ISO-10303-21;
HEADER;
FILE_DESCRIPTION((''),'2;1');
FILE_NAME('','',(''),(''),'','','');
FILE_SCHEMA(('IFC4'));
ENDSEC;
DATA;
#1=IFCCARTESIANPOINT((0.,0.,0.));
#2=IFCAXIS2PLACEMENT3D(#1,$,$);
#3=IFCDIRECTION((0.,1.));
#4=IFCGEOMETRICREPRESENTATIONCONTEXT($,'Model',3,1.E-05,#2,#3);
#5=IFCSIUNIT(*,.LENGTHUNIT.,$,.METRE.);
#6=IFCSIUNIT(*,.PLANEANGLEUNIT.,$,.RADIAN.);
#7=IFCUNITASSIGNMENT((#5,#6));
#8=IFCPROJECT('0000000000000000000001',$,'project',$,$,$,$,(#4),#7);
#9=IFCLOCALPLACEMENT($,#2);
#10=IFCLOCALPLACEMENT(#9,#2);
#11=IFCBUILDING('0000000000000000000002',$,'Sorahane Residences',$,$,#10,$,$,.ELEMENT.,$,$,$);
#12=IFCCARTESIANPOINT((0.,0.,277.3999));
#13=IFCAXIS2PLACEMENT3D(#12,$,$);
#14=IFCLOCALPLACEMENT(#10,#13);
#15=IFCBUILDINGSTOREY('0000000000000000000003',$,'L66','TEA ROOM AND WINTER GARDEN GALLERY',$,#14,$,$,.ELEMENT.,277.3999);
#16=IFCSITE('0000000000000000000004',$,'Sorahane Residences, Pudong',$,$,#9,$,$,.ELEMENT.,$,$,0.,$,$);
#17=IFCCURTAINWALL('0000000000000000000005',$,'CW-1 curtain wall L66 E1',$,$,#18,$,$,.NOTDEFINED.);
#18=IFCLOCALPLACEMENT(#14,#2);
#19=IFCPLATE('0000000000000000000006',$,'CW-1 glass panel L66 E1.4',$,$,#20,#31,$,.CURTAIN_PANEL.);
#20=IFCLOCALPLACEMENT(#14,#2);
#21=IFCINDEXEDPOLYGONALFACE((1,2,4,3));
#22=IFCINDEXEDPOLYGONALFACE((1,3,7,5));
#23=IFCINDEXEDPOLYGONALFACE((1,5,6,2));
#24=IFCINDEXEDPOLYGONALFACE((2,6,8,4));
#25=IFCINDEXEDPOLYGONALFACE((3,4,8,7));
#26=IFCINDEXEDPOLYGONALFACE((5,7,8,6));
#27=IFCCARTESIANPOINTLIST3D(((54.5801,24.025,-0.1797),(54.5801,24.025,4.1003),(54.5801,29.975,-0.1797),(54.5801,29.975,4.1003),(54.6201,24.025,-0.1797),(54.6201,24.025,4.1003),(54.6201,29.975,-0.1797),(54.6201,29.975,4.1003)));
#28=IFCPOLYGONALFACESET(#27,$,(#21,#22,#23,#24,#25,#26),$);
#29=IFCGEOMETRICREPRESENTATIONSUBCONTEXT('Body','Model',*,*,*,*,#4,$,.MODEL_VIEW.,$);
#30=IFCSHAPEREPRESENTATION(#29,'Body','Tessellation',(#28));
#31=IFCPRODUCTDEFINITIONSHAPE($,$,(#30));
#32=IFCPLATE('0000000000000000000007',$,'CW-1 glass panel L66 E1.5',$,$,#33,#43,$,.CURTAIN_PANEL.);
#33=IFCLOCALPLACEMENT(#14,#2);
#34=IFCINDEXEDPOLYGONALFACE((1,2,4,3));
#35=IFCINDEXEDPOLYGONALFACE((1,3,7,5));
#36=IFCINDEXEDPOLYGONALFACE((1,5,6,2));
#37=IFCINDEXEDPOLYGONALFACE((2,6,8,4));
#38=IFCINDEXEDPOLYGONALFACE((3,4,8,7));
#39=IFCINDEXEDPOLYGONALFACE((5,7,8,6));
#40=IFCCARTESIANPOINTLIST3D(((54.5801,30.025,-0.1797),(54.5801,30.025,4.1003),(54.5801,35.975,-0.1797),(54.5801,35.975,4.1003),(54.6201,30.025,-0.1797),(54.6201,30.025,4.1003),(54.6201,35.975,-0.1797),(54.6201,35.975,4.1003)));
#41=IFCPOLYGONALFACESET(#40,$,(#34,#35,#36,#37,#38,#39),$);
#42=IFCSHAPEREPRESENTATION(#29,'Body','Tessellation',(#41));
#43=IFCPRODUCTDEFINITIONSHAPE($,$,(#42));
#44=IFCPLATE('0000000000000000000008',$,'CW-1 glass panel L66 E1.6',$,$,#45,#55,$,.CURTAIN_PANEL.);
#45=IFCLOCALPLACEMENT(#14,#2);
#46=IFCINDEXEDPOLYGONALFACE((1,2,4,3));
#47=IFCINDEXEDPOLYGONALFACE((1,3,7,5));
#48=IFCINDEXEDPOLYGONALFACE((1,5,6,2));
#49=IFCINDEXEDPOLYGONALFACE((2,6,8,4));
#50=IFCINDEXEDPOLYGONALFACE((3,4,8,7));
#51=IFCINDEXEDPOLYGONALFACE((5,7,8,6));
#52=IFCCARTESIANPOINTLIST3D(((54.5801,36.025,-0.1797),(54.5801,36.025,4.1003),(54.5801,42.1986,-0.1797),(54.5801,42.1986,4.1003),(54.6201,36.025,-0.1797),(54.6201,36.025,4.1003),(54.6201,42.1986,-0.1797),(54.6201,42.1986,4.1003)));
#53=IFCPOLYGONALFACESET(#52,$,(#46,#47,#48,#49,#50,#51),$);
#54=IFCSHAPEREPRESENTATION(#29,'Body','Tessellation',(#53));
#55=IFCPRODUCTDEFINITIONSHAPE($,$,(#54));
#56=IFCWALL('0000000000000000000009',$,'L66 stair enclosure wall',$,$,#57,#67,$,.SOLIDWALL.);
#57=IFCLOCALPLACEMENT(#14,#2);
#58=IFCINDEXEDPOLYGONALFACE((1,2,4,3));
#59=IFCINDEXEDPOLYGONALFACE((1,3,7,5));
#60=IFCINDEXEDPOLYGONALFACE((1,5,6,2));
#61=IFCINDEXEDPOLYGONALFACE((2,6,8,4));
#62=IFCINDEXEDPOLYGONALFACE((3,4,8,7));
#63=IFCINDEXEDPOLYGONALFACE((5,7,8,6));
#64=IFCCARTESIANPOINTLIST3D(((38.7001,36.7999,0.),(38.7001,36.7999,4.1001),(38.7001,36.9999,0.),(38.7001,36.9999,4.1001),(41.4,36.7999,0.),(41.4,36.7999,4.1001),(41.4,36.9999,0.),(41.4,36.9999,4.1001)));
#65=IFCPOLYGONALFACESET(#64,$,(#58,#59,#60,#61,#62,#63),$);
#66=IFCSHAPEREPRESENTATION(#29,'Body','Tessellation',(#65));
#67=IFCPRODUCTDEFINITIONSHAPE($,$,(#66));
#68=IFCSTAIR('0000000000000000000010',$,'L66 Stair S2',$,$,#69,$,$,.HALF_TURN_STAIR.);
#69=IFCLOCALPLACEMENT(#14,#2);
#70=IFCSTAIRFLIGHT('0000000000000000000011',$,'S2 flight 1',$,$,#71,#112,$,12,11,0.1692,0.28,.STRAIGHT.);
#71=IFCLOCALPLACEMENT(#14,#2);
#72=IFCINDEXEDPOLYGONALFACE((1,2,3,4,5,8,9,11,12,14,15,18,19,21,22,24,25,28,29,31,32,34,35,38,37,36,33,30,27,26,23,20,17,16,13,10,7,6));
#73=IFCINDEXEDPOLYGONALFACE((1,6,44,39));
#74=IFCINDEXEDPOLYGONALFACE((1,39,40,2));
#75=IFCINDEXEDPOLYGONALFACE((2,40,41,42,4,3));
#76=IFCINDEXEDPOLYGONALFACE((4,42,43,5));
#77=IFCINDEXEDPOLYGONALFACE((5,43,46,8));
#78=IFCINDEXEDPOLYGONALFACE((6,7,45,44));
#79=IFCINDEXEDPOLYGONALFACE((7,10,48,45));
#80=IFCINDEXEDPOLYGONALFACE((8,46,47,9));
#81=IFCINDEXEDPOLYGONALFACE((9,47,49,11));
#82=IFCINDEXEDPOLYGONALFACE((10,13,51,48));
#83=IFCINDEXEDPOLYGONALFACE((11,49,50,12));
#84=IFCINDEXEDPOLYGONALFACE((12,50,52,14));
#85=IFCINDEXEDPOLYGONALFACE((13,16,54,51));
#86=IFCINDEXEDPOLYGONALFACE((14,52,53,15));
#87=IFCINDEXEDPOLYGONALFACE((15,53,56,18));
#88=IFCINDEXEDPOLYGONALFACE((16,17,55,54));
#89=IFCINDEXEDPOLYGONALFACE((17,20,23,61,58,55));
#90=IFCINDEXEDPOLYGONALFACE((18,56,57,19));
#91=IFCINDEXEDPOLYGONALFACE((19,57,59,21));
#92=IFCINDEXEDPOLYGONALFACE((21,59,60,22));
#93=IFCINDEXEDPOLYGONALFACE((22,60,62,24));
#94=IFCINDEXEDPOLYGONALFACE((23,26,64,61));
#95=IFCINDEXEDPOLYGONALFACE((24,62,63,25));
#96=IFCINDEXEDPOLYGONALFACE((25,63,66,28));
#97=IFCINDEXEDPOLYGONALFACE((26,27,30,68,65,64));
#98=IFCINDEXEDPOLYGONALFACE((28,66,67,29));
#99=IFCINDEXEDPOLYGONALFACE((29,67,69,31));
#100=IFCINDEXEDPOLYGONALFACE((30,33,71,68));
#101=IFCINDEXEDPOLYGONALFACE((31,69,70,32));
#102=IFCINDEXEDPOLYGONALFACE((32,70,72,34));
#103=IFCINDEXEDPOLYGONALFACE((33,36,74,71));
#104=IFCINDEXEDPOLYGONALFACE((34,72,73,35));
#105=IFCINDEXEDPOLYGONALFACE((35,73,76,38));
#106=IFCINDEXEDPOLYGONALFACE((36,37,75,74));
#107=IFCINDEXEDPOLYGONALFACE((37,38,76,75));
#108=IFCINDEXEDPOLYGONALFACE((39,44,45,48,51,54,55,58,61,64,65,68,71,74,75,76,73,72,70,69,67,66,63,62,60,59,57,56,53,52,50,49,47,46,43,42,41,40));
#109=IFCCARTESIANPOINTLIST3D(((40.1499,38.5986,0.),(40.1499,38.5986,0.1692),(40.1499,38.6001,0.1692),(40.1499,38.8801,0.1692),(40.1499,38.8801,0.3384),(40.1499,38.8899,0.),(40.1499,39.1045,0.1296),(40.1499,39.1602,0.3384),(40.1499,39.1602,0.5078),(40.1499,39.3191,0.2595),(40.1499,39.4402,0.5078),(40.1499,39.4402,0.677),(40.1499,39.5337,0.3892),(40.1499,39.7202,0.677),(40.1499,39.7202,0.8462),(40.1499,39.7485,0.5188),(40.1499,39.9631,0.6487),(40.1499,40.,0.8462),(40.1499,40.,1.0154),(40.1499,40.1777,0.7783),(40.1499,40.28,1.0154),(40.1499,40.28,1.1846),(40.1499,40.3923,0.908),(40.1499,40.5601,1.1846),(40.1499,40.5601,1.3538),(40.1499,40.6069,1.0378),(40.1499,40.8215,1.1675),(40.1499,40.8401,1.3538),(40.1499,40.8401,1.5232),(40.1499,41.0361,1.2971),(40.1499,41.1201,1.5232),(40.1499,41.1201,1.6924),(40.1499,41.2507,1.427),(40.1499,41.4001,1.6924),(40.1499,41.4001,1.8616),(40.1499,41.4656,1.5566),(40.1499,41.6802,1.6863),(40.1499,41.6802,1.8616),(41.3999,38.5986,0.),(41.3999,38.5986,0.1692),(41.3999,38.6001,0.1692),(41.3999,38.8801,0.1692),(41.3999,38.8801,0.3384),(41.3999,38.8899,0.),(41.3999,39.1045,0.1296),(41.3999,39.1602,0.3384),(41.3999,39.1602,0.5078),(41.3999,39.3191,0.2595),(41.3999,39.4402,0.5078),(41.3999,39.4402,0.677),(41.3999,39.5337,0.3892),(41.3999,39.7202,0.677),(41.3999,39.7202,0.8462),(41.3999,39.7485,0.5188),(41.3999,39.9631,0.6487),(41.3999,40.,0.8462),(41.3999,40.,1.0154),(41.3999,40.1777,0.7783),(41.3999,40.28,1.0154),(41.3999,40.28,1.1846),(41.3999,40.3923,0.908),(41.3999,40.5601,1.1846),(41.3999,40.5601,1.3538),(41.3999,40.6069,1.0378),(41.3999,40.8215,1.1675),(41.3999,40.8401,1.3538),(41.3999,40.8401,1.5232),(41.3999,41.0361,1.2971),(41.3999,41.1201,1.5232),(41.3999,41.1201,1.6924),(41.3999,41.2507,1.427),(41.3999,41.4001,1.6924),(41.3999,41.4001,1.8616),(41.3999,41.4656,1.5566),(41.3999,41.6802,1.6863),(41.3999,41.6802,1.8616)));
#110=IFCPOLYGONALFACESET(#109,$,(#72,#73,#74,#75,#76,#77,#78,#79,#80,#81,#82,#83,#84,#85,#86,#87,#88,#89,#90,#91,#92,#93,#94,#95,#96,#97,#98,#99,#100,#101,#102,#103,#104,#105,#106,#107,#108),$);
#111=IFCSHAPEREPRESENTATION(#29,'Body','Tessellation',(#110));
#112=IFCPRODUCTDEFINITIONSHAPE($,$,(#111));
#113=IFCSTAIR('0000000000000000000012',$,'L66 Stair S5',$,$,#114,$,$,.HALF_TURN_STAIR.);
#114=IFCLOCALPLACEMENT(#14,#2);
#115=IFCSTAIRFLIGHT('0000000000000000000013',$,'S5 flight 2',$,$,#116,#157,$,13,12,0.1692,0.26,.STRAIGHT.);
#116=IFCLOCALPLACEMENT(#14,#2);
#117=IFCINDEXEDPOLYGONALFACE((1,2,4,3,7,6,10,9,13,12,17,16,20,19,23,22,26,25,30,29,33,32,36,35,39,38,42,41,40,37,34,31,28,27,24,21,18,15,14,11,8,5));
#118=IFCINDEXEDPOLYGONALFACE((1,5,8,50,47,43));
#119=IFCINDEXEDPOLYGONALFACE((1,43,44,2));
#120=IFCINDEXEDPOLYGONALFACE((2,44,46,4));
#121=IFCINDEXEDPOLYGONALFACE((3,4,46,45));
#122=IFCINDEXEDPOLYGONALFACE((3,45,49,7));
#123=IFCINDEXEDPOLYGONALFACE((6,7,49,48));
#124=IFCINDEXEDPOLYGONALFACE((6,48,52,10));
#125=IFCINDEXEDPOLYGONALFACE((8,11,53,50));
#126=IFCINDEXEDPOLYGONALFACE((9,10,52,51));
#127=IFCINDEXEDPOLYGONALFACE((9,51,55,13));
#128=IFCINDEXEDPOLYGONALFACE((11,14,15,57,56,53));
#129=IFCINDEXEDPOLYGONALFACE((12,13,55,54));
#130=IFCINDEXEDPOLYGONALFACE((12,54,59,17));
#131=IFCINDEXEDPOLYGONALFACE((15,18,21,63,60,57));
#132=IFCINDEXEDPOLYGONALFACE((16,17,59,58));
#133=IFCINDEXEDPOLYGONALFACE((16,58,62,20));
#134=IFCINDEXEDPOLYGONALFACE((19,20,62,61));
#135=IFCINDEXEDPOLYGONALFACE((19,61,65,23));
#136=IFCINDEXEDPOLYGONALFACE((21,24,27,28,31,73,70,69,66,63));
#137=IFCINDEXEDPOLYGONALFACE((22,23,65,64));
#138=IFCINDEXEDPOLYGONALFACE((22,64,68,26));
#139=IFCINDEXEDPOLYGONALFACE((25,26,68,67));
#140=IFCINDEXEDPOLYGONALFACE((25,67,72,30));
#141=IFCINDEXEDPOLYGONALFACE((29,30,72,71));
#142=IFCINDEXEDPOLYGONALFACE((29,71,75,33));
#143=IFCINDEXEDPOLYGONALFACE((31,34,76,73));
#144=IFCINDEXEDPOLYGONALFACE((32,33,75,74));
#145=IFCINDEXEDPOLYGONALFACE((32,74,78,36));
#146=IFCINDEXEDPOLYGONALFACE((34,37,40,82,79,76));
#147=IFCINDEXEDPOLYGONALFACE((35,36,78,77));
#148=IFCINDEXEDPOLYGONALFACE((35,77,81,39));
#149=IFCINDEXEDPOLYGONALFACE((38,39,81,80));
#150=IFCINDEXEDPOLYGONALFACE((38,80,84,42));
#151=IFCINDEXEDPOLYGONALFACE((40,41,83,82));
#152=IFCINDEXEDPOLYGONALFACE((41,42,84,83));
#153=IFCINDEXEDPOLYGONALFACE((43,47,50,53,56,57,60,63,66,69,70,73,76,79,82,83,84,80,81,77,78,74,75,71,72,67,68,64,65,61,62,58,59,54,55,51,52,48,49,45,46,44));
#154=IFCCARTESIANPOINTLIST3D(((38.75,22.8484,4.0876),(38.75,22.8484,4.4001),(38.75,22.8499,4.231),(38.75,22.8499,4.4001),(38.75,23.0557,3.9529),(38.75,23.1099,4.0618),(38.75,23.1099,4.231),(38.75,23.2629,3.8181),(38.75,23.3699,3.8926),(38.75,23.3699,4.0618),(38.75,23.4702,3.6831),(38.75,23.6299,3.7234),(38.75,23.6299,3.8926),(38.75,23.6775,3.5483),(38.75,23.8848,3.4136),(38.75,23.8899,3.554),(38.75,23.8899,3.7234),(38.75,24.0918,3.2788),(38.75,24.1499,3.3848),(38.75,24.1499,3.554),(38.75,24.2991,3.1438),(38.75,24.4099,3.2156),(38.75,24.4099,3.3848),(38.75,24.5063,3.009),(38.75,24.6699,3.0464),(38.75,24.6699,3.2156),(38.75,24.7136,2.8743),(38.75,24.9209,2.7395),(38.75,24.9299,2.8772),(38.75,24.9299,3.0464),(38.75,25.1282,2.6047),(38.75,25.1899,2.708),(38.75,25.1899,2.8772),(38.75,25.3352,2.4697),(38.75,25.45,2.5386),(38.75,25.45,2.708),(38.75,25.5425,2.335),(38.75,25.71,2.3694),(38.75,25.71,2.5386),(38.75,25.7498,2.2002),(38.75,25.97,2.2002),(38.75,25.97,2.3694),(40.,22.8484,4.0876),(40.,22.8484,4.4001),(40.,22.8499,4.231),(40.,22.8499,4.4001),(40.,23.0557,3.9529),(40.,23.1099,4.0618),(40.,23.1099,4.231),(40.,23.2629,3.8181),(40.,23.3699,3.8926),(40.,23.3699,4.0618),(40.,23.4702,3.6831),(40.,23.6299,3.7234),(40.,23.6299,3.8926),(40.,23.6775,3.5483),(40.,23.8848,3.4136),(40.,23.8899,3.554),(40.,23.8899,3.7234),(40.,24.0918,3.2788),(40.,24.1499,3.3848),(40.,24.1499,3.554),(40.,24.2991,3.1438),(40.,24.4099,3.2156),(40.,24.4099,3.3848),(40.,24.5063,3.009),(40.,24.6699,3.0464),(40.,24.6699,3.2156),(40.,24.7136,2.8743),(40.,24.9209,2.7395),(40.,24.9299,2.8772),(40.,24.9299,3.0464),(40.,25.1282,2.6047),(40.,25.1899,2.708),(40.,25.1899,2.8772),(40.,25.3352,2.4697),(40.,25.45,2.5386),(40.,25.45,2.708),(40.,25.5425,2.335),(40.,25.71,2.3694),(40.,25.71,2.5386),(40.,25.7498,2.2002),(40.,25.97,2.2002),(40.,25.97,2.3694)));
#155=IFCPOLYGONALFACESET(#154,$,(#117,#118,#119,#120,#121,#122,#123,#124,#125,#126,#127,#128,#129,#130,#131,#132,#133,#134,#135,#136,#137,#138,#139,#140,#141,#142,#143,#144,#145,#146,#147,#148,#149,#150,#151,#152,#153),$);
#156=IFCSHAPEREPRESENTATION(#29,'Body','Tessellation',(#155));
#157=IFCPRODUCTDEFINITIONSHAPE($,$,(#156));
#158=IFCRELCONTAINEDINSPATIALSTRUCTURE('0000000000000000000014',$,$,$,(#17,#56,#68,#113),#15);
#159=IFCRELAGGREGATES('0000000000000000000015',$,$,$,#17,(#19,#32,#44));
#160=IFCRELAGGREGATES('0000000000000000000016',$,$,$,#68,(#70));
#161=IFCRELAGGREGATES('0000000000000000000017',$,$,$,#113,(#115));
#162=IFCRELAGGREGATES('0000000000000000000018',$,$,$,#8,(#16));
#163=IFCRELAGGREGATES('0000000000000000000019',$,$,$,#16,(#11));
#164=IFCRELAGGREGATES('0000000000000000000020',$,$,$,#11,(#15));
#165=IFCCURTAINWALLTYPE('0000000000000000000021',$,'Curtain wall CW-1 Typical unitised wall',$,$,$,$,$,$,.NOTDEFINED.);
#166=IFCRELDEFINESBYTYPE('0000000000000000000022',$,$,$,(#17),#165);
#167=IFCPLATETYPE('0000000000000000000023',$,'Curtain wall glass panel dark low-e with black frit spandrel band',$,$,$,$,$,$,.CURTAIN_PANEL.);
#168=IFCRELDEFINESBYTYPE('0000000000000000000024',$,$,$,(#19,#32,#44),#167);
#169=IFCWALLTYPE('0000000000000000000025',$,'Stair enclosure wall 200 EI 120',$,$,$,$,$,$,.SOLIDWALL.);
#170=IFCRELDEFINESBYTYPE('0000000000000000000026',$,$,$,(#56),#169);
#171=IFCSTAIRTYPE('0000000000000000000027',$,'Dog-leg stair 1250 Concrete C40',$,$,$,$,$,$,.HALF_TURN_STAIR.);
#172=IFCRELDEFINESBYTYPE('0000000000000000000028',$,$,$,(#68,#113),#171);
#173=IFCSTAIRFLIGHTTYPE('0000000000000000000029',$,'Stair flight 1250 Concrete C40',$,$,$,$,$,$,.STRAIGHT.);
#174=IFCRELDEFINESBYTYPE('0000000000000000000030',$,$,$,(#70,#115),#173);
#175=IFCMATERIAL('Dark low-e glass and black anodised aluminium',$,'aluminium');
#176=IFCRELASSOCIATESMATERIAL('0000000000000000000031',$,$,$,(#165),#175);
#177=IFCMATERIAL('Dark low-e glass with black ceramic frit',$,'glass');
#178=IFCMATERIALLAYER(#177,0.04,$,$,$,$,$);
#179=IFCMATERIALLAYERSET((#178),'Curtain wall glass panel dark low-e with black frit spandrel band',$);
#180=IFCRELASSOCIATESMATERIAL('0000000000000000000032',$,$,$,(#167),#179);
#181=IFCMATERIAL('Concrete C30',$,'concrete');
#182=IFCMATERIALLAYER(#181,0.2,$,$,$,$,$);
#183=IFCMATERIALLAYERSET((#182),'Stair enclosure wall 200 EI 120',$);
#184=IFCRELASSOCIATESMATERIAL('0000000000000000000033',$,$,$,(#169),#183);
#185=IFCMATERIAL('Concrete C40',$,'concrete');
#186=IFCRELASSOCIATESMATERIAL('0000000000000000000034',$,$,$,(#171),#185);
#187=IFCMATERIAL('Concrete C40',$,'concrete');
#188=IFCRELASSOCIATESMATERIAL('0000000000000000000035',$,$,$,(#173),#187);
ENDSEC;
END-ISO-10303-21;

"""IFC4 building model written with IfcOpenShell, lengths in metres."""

from ifc_helpers import new_model, si_unit, direction, frame, frame_2d, origin, origin_2d, place, context, subcontext, project, spatial, polyline, rectangle, outline, extrude, material, layer, layer_set, type_object, element, aggregate, save


model = new_model("IFC4")

# Units and contexts
model_context = context("Model", 3, precision=1e-05, world=origin(), true_north=direction((0.0, 1.0)))
body_context = subcontext(model_context, "Body", "Model", "MODEL_VIEW")
ifc_project = project(units=[si_unit("LENGTHUNIT", "METRE"), si_unit("PLANEANGLEUNIT", "RADIAN")], contexts=[model_context])

# Site, building, storey
site_placement = place(None, origin())
site = spatial("IfcSite", under=ifc_project, at=site_placement, Name="Sorahane Residences, Pudong", CompositionType="ELEMENT", RefElevation=0.0)
building_placement = place(site_placement, origin())
building = spatial("IfcBuilding", under=site, at=building_placement, Name="Sorahane Residences", CompositionType="ELEMENT")
storey_placement = place(building_placement, frame((0.0, 0.0, 277.3999)))
storey = spatial("IfcBuildingStorey", under=building, at=storey_placement, Name="L66", Description="TEA ROOM AND WINTER GARDEN GALLERY", CompositionType="ELEMENT", Elevation=277.3999)

# Curtain wall
ifc_material_1 = material(Name="Dark low-e glass and black anodised aluminium", Category="aluminium")
curtain_wall_type = type_object("IfcCurtainWallType", Name="Curtain wall CW-1 Typical unitised wall", PredefinedType="NOTDEFINED", material=ifc_material_1)
curtain_wall_placement = place(storey_placement, origin())
curtain_wall = element("IfcCurtainWall", 1, at=curtain_wall_placement, inside=storey, type_object=curtain_wall_type, Name="CW-1 curtain wall L66 E1", PredefinedType="NOTDEFINED")

# Plates
ifc_material_2 = material(Name="Dark low-e glass with black ceramic frit", Category="glass")
ifc_layer_1 = layer(ifc_material_2, 0.04)
ifc_layer_set_1 = layer_set([ifc_layer_1], Name="Curtain wall glass panel dark low-e with black frit spandrel band")
plate_type = type_object("IfcPlateType", Name="Curtain wall glass panel dark low-e with black frit spandrel band", PredefinedType="CURTAIN_PANEL", material=ifc_layer_set_1)
plate_1_placement = place(storey_placement, frame((54.6001, 27.0, -0.1797), z_axis=(0.0, 0.0, 1.0), x_axis=(0.0, 1.0, 0.0)))
plate_1 = element("IfcPlate", 2, at=plate_1_placement, type_object=plate_type, Name="CW-1 glass panel L66 E1.4", PredefinedType="CURTAIN_PANEL", context=body_context, shape_type="SweptSolid", body=[
    extrude(rectangle(XDim=5.95, YDim=0.04, at=origin_2d()), origin(), (0.0, 0.0, 1.0), 4.28),
])
plate_2_placement = place(storey_placement, frame((54.6001, 33.0, -0.1797), z_axis=(0.0, 0.0, 1.0), x_axis=(0.0, 1.0, 0.0)))
plate_2 = element("IfcPlate", 3, at=plate_2_placement, type_object=plate_type, Name="CW-1 glass panel L66 E1.5", PredefinedType="CURTAIN_PANEL", context=body_context, shape_type="SweptSolid", body=[
    extrude(rectangle(XDim=5.95, YDim=0.04, at=origin_2d()), origin(), (0.0, 0.0, 1.0), 4.28),
])
plate_3_placement = place(storey_placement, frame((54.6001, 39.1118, -0.1797), z_axis=(0.0, 0.0, 1.0), x_axis=(0.0, 1.0, 0.0)))
plate_3 = element("IfcPlate", 4, at=plate_3_placement, type_object=plate_type, Name="CW-1 glass panel L66 E1.6", PredefinedType="CURTAIN_PANEL", context=body_context, shape_type="SweptSolid", body=[
    extrude(rectangle(XDim=6.1736, YDim=0.04, at=origin_2d()), origin(), (0.0, 0.0, 1.0), 4.28),
])
aggregate(curtain_wall, [plate_1, plate_2, plate_3])

# Wall
ifc_material_3 = material(Name="Concrete C30", Category="concrete")
ifc_layer_2 = layer(ifc_material_3, 0.2)
ifc_layer_set_2 = layer_set([ifc_layer_2], Name="Stair enclosure wall 200 EI 120")
wall_type = type_object("IfcWallType", Name="Stair enclosure wall 200 EI 120", PredefinedType="SOLIDWALL", material=ifc_layer_set_2)
wall_placement = place(storey_placement, frame((38.7, 36.8999, 0.0), z_axis=(0.0, 0.0, 1.0), x_axis=(1.0, 0.0, 0.0)))
element("IfcWall", 5, at=wall_placement, inside=storey, type_object=wall_type, Name="L66 stair enclosure wall", PredefinedType="SOLIDWALL", context=body_context, shape_type="SweptSolid", body=[
    extrude(rectangle(XDim=2.7, YDim=0.2, at=frame_2d((1.3501, 0.0))), origin(), (0.0, 0.0, 1.0), 4.1001),
])

# Stairs, stair flights
ifc_material_4 = material(Name="Concrete C40", Category="concrete")
stair_type = type_object("IfcStairType", Name="Dog-leg stair 1250 Concrete C40", PredefinedType="HALF_TURN_STAIR", material=ifc_material_4)
stair_1_placement = place(storey_placement, origin())
stair_1 = element("IfcStair", 6, at=stair_1_placement, inside=storey, type_object=stair_type, Name="L66 Stair S2", PredefinedType="HALF_TURN_STAIR")
ifc_material_5 = material(Name="Concrete C40", Category="concrete")
stair_flight_type = type_object("IfcStairFlightType", Name="Stair flight 1250 Concrete C40", PredefinedType="STRAIGHT", material=ifc_material_5)
stair_flight_1_placement = place(storey_placement, frame((40.7749, 38.6001, 0.0), z_axis=(0.0, 0.0, 1.0), x_axis=(0.0, 1.0, 0.0)))
stair_flight_1 = element("IfcStairFlight", 7, at=stair_flight_1_placement, type_object=stair_flight_type, Name="S2 flight 1", NumberOfRisers=12, NumberOfTreads=11, PredefinedType="STRAIGHT", RiserHeight=0.1692, TreadLength=0.28, context=body_context, shape_type="SweptSolid", body=[
    extrude(outline(polyline([(-0.0015, 0.0), (-0.0015, 0.1692), (0.0, 0.1692), (0.28, 0.1692), (0.28, 0.3384), (0.5601, 0.3384), (0.5601, 0.5078), (0.8401, 0.5078), (0.8401, 0.677), (1.1201, 0.677), (1.1201, 0.8462), (1.3999, 0.8462), (1.3999, 1.0154), (1.6799, 1.0154), (1.6799, 1.1846), (1.96, 1.1846), (1.96, 1.3538), (2.24, 1.3538), (2.24, 1.5232), (2.52, 1.5232), (2.52, 1.6924), (2.8, 1.6924), (2.8, 1.8616), (3.0801, 1.8616), (3.0801, 2.0308), (3.0801, 1.6863), (2.8655, 1.5566), (2.6506, 1.427), (2.436, 1.2971), (2.2214, 1.1675), (2.0068, 1.0378), (1.7922, 0.908), (1.5776, 0.7783), (1.363, 0.6487), (1.1484, 0.5188), (0.9336, 0.3892), (0.719, 0.2595), (0.5044, 0.1296), (0.2898, 0.0), (-0.0015, 0.0)])), frame((0.0, 0.625, 0.0), z_axis=(0.0, -1.0, 0.0), x_axis=(1.0, 0.0, 0.0)), (0.0, 0.0, 1.0), 1.25),
])
aggregate(stair_1, [stair_flight_1])
stair_2_placement = place(storey_placement, origin())
stair_2 = element("IfcStair", 8, at=stair_2_placement, inside=storey, type_object=stair_type, Name="L66 Stair S5", PredefinedType="HALF_TURN_STAIR")
stair_flight_2_placement = place(storey_placement, frame((39.375, 25.97, 2.2002), z_axis=(0.0, 0.0, 1.0), x_axis=(0.0, -1.0, 0.0)))
stair_flight_2 = element("IfcStairFlight", 9, at=stair_flight_2_placement, type_object=stair_flight_type, Name="S5 flight 2", NumberOfRisers=13, NumberOfTreads=12, PredefinedType="STRAIGHT", RiserHeight=0.1692, TreadLength=0.26, context=body_context, shape_type="SweptSolid", body=[
    extrude(outline(polyline([(0.0, 0.0), (0.0, 0.1692), (0.26, 0.1692), (0.26, 0.3384), (0.52, 0.3384), (0.52, 0.5078), (0.78, 0.5078), (0.78, 0.677), (1.04, 0.677), (1.04, 0.8462), (1.3, 0.8462), (1.3, 1.0154), (1.5601, 1.0154), (1.5601, 1.1846), (1.8201, 1.1846), (1.8201, 1.3538), (2.0801, 1.3538), (2.0801, 1.5232), (2.3401, 1.5232), (2.3401, 1.6924), (2.6001, 1.6924), (2.6001, 1.8616), (2.8601, 1.8616), (2.8601, 2.0308), (3.1201, 2.0308), (3.1201, 2.2), (3.1216, 2.2), (3.1216, 1.8875), (2.9143, 1.7527), (2.707, 1.6179), (2.4998, 1.4829), (2.2925, 1.3481), (2.0852, 1.2134), (1.8782, 1.0786), (1.6709, 0.9436), (1.4636, 0.8088), (1.2563, 0.6741), (1.0491, 0.5393), (0.8418, 0.4045), (0.6348, 0.2695), (0.4275, 0.1348), (0.2202, 0.0), (0.0, 0.0)])), frame((0.0, 0.625, 0.0), z_axis=(0.0, -1.0, 0.0), x_axis=(1.0, 0.0, 0.0)), (0.0, 0.0, 1.0), 1.25),
])
aggregate(stair_2, [stair_flight_2])

save(model, "model.ifc")
